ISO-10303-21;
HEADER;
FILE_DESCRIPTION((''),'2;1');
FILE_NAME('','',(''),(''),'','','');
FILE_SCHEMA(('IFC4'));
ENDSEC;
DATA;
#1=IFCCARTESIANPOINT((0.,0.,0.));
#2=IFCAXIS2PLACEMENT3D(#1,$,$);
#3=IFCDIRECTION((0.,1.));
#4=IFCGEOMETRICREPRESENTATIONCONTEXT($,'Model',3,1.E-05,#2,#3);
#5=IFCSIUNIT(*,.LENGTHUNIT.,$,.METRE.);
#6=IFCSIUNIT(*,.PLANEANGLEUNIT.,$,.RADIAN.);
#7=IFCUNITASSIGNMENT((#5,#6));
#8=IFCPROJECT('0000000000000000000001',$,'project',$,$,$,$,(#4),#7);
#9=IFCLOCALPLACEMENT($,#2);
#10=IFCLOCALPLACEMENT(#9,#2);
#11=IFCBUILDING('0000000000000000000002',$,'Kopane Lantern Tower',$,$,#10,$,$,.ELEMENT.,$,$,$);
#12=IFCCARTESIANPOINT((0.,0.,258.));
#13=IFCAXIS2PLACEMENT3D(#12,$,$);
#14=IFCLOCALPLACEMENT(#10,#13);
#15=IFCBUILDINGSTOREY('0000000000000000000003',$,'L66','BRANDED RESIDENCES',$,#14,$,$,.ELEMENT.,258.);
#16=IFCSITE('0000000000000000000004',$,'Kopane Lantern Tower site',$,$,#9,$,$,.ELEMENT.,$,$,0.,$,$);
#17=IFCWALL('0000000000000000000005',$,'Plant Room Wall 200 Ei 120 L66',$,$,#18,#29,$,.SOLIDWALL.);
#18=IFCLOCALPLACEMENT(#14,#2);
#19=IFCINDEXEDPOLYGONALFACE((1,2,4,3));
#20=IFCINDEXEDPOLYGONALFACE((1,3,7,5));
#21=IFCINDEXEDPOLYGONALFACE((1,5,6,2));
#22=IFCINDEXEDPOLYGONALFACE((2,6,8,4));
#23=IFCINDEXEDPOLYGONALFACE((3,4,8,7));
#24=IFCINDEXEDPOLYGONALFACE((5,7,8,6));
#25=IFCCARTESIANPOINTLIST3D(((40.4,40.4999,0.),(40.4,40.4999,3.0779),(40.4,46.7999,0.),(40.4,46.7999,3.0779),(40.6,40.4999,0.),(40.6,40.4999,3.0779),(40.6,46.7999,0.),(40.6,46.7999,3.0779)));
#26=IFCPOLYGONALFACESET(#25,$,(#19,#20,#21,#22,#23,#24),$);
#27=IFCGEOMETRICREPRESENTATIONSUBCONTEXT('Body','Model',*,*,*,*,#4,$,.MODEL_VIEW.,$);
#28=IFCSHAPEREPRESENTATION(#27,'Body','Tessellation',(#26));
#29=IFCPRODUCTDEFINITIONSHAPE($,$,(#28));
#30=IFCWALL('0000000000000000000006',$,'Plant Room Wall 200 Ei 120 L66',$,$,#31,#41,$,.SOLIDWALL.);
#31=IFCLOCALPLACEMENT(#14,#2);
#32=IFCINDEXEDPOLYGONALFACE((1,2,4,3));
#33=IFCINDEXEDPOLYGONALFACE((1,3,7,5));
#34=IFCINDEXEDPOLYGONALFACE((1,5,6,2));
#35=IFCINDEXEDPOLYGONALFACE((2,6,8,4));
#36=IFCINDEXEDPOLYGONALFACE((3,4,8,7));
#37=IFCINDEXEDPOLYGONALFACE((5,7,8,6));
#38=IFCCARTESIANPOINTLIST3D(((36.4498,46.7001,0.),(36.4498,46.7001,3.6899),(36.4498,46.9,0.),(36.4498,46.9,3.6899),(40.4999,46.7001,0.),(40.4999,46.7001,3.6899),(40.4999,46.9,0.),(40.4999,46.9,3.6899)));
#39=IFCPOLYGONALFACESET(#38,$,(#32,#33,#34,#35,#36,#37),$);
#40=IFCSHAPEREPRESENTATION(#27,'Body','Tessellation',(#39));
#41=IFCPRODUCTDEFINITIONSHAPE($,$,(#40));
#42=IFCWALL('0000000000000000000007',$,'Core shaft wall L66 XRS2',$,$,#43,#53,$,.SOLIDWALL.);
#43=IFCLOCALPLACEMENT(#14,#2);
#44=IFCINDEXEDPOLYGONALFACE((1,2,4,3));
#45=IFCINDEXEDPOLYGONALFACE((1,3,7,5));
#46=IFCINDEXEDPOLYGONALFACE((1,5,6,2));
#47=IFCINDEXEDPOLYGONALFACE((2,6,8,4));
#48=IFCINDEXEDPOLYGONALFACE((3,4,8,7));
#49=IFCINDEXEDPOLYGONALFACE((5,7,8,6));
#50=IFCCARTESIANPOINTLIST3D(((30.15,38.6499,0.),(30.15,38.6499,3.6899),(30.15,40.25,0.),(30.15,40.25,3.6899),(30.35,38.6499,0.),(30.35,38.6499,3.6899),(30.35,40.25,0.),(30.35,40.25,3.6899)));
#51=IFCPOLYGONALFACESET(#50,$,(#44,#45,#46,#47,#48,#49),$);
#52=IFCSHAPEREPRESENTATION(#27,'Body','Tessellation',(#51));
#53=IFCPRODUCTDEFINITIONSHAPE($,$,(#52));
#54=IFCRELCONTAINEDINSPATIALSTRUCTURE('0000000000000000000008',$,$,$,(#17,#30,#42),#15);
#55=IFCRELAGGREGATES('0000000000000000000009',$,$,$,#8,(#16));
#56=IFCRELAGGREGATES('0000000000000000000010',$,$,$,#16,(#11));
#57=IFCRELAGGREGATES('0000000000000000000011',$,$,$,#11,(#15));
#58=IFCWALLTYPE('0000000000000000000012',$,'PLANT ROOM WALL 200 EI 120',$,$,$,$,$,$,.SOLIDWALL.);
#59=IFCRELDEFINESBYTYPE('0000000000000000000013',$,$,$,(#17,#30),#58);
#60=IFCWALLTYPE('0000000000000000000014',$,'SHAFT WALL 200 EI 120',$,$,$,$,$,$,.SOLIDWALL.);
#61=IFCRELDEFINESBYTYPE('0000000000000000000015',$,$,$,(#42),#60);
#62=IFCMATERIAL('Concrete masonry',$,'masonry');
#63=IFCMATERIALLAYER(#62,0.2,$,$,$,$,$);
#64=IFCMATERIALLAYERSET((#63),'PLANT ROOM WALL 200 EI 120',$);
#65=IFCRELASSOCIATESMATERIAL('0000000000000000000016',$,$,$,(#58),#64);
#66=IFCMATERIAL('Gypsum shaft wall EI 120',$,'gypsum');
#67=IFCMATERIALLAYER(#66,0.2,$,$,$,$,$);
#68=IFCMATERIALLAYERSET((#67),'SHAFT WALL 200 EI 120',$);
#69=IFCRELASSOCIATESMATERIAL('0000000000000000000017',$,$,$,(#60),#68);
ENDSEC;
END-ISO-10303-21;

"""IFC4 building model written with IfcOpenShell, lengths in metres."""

from ifc_helpers import new_model, si_unit, direction, frame, frame_2d, origin, place, context, subcontext, project, spatial, rectangle, extrude, material, layer, layer_set, type_object, element, save


model = new_model("IFC4")

# Units and contexts
model_context = context("Model", 3, precision=1e-05, world=origin(), true_north=direction((0.0, 1.0)))
body_context = subcontext(model_context, "Body", "Model", "MODEL_VIEW")
ifc_project = project(units=[si_unit("LENGTHUNIT", "METRE"), si_unit("PLANEANGLEUNIT", "RADIAN")], contexts=[model_context])

# Site, building, storey
site_placement = place(None, origin())
site = spatial("IfcSite", under=ifc_project, at=site_placement, Name="Kopane Lantern Tower site", CompositionType="ELEMENT", RefElevation=0.0)
building_placement = place(site_placement, origin())
building = spatial("IfcBuilding", under=site, at=building_placement, Name="Kopane Lantern Tower", CompositionType="ELEMENT")
storey_placement = place(building_placement, frame((0.0, 0.0, 258.0)))
storey = spatial("IfcBuildingStorey", under=building, at=storey_placement, Name="L66", Description="BRANDED RESIDENCES", CompositionType="ELEMENT", Elevation=258.0)

# Walls
ifc_material_1 = material(Name="Concrete masonry", Category="masonry")
ifc_layer_1 = layer(ifc_material_1, 0.2)
ifc_layer_set_1 = layer_set([ifc_layer_1], Name="PLANT ROOM WALL 200 EI 120")
wall_type_1 = type_object("IfcWallType", Name="PLANT ROOM WALL 200 EI 120", PredefinedType="SOLIDWALL", material=ifc_layer_set_1)
wall_1_placement = place(storey_placement, frame((40.5, 40.5, 0.0), z_axis=(0.0, 0.0, 1.0), x_axis=(0.0, 1.0, 0.0)))
element("IfcWall", 1, at=wall_1_placement, inside=storey, type_object=wall_type_1, Name="Plant Room Wall 200 Ei 120 L66", PredefinedType="SOLIDWALL", context=body_context, shape_type="SweptSolid", body=[
    extrude(rectangle(XDim=6.3, YDim=0.2, at=frame_2d((3.1499, 0.0))), origin(), (0.0, 0.0, 1.0), 3.0779),
])
wall_2_placement = place(storey_placement, frame((36.45, 46.8, 0.0), z_axis=(0.0, 0.0, 1.0), x_axis=(1.0, 0.0, 0.0)))
element("IfcWall", 2, at=wall_2_placement, inside=storey, type_object=wall_type_1, Name="Plant Room Wall 200 Ei 120 L66", PredefinedType="SOLIDWALL", context=body_context, shape_type="SweptSolid", body=[
    extrude(rectangle(XDim=4.05, YDim=0.2, at=frame_2d((2.0249, 0.0))), origin(), (0.0, 0.0, 1.0), 3.6899),
])
ifc_material_2 = material(Name="Gypsum shaft wall EI 120", Category="gypsum")
ifc_layer_2 = layer(ifc_material_2, 0.2)
ifc_layer_set_2 = layer_set([ifc_layer_2], Name="SHAFT WALL 200 EI 120")
wall_type_2 = type_object("IfcWallType", Name="SHAFT WALL 200 EI 120", PredefinedType="SOLIDWALL", material=ifc_layer_set_2)
wall_3_placement = place(storey_placement, frame((30.25, 38.6499, 0.0), z_axis=(0.0, 0.0, 1.0), x_axis=(0.0, 1.0, 0.0)))
element("IfcWall", 3, at=wall_3_placement, inside=storey, type_object=wall_type_2, Name="Core shaft wall L66 XRS2", PredefinedType="SOLIDWALL", context=body_context, shape_type="SweptSolid", body=[
    extrude(rectangle(XDim=1.6001, YDim=0.2, at=frame_2d((0.8, 0.0))), origin(), (0.0, 0.0, 1.0), 3.6899),
])

save(model, "model.ifc")
